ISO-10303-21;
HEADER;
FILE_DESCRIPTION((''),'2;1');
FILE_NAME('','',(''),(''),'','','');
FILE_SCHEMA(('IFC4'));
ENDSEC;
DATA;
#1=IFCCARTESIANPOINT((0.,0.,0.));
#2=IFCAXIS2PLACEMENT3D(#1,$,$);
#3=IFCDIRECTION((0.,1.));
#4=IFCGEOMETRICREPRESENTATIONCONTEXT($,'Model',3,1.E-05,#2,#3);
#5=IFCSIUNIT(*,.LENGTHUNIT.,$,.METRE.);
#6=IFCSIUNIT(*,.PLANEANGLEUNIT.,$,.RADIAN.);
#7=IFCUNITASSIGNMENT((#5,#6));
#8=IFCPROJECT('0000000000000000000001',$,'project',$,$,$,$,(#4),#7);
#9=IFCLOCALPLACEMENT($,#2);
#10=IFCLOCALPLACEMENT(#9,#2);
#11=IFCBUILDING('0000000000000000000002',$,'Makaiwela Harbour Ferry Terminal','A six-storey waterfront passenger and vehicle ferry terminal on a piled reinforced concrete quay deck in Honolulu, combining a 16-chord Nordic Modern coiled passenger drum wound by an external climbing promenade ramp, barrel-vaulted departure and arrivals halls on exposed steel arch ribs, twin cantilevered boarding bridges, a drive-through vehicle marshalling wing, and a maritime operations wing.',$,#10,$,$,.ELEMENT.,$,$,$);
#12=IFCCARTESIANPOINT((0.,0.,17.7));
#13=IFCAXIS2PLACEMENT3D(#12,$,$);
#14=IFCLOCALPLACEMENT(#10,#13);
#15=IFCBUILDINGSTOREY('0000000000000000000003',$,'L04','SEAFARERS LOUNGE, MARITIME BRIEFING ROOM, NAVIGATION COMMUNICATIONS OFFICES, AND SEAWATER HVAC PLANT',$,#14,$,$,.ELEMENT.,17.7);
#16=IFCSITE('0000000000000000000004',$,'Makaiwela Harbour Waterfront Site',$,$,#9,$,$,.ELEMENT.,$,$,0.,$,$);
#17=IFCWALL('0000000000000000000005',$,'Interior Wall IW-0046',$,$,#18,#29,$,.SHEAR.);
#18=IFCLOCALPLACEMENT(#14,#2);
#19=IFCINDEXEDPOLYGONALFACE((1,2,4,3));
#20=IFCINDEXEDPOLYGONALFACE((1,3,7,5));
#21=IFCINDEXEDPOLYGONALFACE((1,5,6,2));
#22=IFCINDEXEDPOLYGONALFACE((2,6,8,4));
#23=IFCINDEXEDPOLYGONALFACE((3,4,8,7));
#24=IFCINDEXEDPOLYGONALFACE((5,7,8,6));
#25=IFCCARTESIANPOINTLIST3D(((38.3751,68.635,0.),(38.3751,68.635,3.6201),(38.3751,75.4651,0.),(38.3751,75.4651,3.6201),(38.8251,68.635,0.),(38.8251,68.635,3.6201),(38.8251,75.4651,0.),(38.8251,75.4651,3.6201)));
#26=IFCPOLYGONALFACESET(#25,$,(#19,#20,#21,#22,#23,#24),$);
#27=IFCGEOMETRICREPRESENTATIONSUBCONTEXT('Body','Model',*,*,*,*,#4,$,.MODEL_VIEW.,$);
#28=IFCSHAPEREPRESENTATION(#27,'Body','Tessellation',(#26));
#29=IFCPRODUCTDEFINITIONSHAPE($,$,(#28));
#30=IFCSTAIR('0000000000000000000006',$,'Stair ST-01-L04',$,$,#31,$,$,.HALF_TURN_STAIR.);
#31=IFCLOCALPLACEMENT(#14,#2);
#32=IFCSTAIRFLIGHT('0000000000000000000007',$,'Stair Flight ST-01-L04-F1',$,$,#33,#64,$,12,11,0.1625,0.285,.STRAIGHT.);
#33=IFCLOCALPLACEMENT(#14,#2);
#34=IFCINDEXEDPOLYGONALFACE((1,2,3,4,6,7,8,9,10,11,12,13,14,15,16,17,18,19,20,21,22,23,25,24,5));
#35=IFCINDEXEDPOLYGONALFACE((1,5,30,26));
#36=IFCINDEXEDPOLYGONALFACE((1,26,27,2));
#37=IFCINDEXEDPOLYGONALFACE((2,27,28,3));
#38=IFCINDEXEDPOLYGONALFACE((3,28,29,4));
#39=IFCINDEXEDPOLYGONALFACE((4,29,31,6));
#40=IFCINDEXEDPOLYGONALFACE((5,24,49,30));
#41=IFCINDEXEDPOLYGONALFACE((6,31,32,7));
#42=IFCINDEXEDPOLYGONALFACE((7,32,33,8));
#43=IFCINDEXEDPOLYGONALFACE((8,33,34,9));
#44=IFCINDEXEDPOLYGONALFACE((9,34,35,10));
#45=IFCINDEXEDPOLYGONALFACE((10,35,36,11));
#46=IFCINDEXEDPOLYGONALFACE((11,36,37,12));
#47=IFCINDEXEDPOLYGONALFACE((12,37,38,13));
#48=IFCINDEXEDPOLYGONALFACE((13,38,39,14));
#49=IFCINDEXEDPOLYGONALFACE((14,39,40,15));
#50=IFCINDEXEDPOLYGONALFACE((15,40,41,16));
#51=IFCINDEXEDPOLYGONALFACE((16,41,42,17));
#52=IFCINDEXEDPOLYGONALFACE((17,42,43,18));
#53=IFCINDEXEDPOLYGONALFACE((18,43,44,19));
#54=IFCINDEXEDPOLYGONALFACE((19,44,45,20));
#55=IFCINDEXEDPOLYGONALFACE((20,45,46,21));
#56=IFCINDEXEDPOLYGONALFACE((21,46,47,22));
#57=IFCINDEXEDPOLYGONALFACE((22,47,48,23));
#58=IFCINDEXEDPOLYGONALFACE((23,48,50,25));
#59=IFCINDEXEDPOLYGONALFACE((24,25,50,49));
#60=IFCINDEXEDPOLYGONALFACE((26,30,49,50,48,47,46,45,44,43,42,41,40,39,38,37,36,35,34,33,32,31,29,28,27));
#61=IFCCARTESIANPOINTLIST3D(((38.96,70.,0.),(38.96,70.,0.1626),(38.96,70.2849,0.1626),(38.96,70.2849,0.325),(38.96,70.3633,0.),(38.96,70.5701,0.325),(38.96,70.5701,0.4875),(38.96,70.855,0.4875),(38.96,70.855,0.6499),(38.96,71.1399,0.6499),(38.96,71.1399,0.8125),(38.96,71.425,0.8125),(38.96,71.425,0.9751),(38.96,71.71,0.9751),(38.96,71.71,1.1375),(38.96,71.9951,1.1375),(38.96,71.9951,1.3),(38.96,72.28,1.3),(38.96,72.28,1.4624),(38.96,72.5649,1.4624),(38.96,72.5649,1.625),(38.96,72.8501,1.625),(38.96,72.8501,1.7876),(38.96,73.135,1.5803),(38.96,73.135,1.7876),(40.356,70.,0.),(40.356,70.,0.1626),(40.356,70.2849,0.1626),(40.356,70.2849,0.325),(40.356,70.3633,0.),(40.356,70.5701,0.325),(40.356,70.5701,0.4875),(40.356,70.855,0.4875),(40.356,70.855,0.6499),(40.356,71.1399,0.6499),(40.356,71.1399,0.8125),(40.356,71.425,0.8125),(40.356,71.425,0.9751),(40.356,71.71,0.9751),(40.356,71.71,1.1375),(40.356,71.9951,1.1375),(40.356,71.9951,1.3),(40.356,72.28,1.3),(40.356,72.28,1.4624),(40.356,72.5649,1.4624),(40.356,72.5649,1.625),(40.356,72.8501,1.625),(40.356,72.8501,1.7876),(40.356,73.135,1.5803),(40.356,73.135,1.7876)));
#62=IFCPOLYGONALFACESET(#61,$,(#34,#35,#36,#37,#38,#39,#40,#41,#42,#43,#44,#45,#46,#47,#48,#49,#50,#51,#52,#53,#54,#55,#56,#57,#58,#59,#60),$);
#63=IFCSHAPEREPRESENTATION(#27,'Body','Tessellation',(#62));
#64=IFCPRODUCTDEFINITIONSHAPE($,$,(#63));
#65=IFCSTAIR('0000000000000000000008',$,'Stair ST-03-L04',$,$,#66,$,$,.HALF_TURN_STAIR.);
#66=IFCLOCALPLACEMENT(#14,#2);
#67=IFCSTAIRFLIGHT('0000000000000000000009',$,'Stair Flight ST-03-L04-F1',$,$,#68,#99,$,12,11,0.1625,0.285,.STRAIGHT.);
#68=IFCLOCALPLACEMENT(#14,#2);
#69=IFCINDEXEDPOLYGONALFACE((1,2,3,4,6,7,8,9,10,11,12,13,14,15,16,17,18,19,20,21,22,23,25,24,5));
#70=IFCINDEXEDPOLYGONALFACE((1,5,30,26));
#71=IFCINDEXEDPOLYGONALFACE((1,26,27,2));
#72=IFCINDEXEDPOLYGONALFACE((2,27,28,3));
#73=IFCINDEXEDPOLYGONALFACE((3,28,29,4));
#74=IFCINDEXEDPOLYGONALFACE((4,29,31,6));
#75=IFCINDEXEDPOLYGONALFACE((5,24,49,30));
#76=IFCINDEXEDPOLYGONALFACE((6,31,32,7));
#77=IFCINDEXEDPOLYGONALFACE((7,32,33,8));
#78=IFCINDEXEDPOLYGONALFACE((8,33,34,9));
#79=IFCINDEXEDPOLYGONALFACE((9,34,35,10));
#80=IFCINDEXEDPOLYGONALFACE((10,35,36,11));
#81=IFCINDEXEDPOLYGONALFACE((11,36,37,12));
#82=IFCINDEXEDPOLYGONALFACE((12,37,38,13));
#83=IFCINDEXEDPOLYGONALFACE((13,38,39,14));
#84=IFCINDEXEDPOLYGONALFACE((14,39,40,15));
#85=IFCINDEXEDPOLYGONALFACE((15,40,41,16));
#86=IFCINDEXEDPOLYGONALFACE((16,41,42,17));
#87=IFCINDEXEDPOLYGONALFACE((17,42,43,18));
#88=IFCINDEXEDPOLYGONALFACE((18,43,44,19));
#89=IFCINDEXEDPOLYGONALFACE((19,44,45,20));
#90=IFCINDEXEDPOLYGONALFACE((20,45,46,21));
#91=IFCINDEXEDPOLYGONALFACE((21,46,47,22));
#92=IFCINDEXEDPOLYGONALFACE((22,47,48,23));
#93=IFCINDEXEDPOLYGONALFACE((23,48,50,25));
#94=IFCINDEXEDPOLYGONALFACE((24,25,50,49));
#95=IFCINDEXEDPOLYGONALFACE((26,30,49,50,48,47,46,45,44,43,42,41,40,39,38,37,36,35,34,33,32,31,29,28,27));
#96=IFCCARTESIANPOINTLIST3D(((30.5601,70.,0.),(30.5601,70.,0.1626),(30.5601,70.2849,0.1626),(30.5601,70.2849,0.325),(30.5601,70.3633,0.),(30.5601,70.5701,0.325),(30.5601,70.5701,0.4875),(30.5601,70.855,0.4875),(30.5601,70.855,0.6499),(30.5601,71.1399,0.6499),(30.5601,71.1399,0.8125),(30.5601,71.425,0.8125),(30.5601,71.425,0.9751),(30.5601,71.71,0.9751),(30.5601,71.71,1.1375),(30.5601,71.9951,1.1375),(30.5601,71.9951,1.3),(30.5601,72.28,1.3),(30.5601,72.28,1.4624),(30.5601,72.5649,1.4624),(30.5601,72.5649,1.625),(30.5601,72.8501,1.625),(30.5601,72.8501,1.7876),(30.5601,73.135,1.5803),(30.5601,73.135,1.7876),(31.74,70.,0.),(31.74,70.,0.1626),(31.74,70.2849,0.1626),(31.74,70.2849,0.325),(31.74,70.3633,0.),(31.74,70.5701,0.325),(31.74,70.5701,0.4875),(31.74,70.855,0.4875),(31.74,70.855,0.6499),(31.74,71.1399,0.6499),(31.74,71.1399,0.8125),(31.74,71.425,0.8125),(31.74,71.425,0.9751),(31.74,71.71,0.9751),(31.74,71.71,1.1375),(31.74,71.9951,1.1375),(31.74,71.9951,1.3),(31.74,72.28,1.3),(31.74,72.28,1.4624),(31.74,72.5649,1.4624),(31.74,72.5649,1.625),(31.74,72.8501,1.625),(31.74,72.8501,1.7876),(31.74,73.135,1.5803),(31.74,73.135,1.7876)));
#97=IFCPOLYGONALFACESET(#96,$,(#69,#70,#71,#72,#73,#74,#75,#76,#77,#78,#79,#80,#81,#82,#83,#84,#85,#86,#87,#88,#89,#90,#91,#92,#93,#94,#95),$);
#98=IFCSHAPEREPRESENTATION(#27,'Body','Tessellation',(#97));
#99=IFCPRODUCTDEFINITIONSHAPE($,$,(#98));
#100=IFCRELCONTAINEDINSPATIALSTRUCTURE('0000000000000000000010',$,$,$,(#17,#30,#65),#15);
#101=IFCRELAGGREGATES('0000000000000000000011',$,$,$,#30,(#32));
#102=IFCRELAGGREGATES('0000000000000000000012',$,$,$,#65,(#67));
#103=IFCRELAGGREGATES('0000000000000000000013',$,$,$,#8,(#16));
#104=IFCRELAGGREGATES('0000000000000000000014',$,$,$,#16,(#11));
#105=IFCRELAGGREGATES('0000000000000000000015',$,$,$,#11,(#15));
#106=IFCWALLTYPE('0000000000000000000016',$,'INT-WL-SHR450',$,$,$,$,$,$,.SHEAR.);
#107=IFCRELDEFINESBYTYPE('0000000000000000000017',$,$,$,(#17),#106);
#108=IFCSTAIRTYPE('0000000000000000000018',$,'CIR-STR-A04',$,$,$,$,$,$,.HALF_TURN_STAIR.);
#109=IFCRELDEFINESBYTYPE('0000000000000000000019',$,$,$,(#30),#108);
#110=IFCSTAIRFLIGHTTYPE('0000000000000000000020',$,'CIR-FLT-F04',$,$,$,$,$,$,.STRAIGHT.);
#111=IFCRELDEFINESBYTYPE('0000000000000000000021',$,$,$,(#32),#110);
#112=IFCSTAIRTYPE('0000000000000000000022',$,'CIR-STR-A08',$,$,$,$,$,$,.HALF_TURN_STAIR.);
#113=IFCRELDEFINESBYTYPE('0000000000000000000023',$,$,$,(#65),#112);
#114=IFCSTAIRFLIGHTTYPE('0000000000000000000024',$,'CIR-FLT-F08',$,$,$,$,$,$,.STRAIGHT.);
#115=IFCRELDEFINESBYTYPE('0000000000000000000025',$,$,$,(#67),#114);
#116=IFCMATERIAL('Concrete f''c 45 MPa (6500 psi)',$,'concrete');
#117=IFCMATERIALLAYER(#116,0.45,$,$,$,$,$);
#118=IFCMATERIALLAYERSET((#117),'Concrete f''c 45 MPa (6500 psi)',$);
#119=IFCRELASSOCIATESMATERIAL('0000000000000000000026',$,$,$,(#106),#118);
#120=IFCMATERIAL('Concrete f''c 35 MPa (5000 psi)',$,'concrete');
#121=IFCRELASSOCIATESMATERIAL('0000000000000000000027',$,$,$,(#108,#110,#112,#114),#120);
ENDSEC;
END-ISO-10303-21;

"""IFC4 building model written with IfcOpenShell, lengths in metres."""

from ifc_helpers import new_model, si_unit, direction, frame, frame_2d, origin, place, context, subcontext, project, spatial, polyline, rectangle, outline, extrude, material, layer, layer_set, type_object, element, aggregate, save


model = new_model("IFC4")

# Units and contexts
model_context = context("Model", 3, precision=1e-05, world=origin(), true_north=direction((0.0, 1.0)))
body_context = subcontext(model_context, "Body", "Model", "MODEL_VIEW")
ifc_project = project(units=[si_unit("LENGTHUNIT", "METRE"), si_unit("PLANEANGLEUNIT", "RADIAN")], contexts=[model_context])

# Site, building, storey
site_placement = place(None, origin())
site = spatial("IfcSite", under=ifc_project, at=site_placement, Name="Makaiwela Harbour Waterfront Site", CompositionType="ELEMENT", RefElevation=0.0)
building_placement = place(site_placement, origin())
building = spatial("IfcBuilding", under=site, at=building_placement, Name="Makaiwela Harbour Ferry Terminal", Description="A six-storey waterfront passenger and vehicle ferry terminal on a piled reinforced concrete quay deck in Honolulu, combining a 16-chord Nordic Modern coiled passenger drum wound by an external climbing promenade ramp, barrel-vaulted departure and arrivals halls on exposed steel arch ribs, twin cantilevered boarding bridges, a drive-through vehicle marshalling wing, and a maritime operations wing.", CompositionType="ELEMENT")
storey_placement = place(building_placement, frame((0.0, 0.0, 17.7)))
storey = spatial("IfcBuildingStorey", under=building, at=storey_placement, Name="L04", Description="SEAFARERS LOUNGE, MARITIME BRIEFING ROOM, NAVIGATION COMMUNICATIONS OFFICES, AND SEAWATER HVAC PLANT", CompositionType="ELEMENT", Elevation=17.7)

# Shared definitions
ifc_material_1 = material(Name="Concrete f'c 45 MPa (6500 psi)", Category="concrete")

# Shared definitions
ifc_layer_1 = layer(ifc_material_1, 0.45)
ifc_layer_set_1 = layer_set([ifc_layer_1], Name="Concrete f'c 45 MPa (6500 psi)")
wall_type_1 = type_object("IfcWallType", Name="INT-WL-SHR450", PredefinedType="SHEAR", material=ifc_layer_set_1)

# Wall
wall_1_placement = place(storey_placement, frame((38.6001, 68.635, 0.0), z_axis=(0.0, 0.0, 1.0), x_axis=(0.0, 1.0, 0.0)))
element("IfcWall", 1, at=wall_1_placement, inside=storey, type_object=wall_type_1, Name="Interior Wall IW-0046", PredefinedType="SHEAR", context=body_context, shape_type="SweptSolid", body=[
    extrude(rectangle(XDim=6.8301, YDim=0.45, at=frame_2d((3.415, 0.0))), origin(), (0.0, 0.0, 1.0), 3.6201),
])

# Stairs, stair flights
ifc_material_2 = material(Name="Concrete f'c 35 MPa (5000 psi)", Category="concrete")
stair_type_1 = type_object("IfcStairType", Name="CIR-STR-A04", PredefinedType="HALF_TURN_STAIR", material=ifc_material_2)
stair_1_placement = place(storey_placement, origin())
stair_1 = element("IfcStair", 2, at=stair_1_placement, inside=storey, type_object=stair_type_1, Name="Stair ST-01-L04", PredefinedType="HALF_TURN_STAIR")
stair_flight_type_1 = type_object("IfcStairFlightType", Name="CIR-FLT-F04", PredefinedType="STRAIGHT", material=ifc_material_2)
stair_flight_1_placement = place(storey_placement, frame((39.658, 70.0, 0.0), z_axis=(0.0, 0.0, 1.0), x_axis=(0.0, 1.0, 0.0)))
stair_flight_1 = element("IfcStairFlight", 3, at=stair_flight_1_placement, type_object=stair_flight_type_1, Name="Stair Flight ST-01-L04-F1", NumberOfRisers=12, NumberOfTreads=11, PredefinedType="STRAIGHT", RiserHeight=0.1625, TreadLength=0.285, context=body_context, shape_type="SweptSolid", body=[
    extrude(outline(polyline([(0.0, 0.0), (0.0, 0.1626), (0.2849, 0.1626), (0.2849, 0.325), (0.5701, 0.325), (0.5701, 0.4875), (0.855, 0.4875), (0.855, 0.6499), (1.1399, 0.6499), (1.1399, 0.8125), (1.425, 0.8125), (1.425, 0.9751), (1.71, 0.9751), (1.71, 1.1375), (1.9951, 1.1375), (1.9951, 1.3), (2.28, 1.3), (2.28, 1.4624), (2.5649, 1.4624), (2.5649, 1.625), (2.8501, 1.625), (2.8501, 1.7876), (3.135, 1.7876), (3.135, 1.95), (3.135, 1.5803), (0.3633, 0.0), (0.0, 0.0)])), frame((0.0, 0.698, 0.0), z_axis=(0.0, -1.0, 0.0), x_axis=(1.0, 0.0, 0.0)), (0.0, 0.0, 1.0), 1.396),
])
aggregate(stair_1, [stair_flight_1])
stair_type_2 = type_object("IfcStairType", Name="CIR-STR-A08", PredefinedType="HALF_TURN_STAIR", material=ifc_material_2)
stair_2_placement = place(storey_placement, origin())
stair_2 = element("IfcStair", 4, at=stair_2_placement, inside=storey, type_object=stair_type_2, Name="Stair ST-03-L04", PredefinedType="HALF_TURN_STAIR")
stair_flight_type_2 = type_object("IfcStairFlightType", Name="CIR-FLT-F08", PredefinedType="STRAIGHT", material=ifc_material_2)
stair_flight_2_placement = place(storey_placement, frame((31.1499, 70.0, 0.0), z_axis=(0.0, 0.0, 1.0), x_axis=(0.0, 1.0, 0.0)))
stair_flight_2 = element("IfcStairFlight", 5, at=stair_flight_2_placement, type_object=stair_flight_type_2, Name="Stair Flight ST-03-L04-F1", NumberOfRisers=12, NumberOfTreads=11, PredefinedType="STRAIGHT", RiserHeight=0.1625, TreadLength=0.285, context=body_context, shape_type="SweptSolid", body=[
    extrude(outline(polyline([(0.0, 0.0), (0.0, 0.1626), (0.2849, 0.1626), (0.2849, 0.325), (0.5701, 0.325), (0.5701, 0.4875), (0.855, 0.4875), (0.855, 0.6499), (1.1399, 0.6499), (1.1399, 0.8125), (1.425, 0.8125), (1.425, 0.9751), (1.71, 0.9751), (1.71, 1.1375), (1.9951, 1.1375), (1.9951, 1.3), (2.28, 1.3), (2.28, 1.4624), (2.5649, 1.4624), (2.5649, 1.625), (2.8501, 1.625), (2.8501, 1.7876), (3.135, 1.7876), (3.135, 1.95), (3.135, 1.5803), (0.3633, 0.0), (0.0, 0.0)])), frame((0.0, 0.5898, 0.0), z_axis=(0.0, -1.0, 0.0), x_axis=(1.0, 0.0, 0.0)), (0.0, 0.0, 1.0), 1.1799),
])
aggregate(stair_2, [stair_flight_2])

save(model, "model.ifc")
